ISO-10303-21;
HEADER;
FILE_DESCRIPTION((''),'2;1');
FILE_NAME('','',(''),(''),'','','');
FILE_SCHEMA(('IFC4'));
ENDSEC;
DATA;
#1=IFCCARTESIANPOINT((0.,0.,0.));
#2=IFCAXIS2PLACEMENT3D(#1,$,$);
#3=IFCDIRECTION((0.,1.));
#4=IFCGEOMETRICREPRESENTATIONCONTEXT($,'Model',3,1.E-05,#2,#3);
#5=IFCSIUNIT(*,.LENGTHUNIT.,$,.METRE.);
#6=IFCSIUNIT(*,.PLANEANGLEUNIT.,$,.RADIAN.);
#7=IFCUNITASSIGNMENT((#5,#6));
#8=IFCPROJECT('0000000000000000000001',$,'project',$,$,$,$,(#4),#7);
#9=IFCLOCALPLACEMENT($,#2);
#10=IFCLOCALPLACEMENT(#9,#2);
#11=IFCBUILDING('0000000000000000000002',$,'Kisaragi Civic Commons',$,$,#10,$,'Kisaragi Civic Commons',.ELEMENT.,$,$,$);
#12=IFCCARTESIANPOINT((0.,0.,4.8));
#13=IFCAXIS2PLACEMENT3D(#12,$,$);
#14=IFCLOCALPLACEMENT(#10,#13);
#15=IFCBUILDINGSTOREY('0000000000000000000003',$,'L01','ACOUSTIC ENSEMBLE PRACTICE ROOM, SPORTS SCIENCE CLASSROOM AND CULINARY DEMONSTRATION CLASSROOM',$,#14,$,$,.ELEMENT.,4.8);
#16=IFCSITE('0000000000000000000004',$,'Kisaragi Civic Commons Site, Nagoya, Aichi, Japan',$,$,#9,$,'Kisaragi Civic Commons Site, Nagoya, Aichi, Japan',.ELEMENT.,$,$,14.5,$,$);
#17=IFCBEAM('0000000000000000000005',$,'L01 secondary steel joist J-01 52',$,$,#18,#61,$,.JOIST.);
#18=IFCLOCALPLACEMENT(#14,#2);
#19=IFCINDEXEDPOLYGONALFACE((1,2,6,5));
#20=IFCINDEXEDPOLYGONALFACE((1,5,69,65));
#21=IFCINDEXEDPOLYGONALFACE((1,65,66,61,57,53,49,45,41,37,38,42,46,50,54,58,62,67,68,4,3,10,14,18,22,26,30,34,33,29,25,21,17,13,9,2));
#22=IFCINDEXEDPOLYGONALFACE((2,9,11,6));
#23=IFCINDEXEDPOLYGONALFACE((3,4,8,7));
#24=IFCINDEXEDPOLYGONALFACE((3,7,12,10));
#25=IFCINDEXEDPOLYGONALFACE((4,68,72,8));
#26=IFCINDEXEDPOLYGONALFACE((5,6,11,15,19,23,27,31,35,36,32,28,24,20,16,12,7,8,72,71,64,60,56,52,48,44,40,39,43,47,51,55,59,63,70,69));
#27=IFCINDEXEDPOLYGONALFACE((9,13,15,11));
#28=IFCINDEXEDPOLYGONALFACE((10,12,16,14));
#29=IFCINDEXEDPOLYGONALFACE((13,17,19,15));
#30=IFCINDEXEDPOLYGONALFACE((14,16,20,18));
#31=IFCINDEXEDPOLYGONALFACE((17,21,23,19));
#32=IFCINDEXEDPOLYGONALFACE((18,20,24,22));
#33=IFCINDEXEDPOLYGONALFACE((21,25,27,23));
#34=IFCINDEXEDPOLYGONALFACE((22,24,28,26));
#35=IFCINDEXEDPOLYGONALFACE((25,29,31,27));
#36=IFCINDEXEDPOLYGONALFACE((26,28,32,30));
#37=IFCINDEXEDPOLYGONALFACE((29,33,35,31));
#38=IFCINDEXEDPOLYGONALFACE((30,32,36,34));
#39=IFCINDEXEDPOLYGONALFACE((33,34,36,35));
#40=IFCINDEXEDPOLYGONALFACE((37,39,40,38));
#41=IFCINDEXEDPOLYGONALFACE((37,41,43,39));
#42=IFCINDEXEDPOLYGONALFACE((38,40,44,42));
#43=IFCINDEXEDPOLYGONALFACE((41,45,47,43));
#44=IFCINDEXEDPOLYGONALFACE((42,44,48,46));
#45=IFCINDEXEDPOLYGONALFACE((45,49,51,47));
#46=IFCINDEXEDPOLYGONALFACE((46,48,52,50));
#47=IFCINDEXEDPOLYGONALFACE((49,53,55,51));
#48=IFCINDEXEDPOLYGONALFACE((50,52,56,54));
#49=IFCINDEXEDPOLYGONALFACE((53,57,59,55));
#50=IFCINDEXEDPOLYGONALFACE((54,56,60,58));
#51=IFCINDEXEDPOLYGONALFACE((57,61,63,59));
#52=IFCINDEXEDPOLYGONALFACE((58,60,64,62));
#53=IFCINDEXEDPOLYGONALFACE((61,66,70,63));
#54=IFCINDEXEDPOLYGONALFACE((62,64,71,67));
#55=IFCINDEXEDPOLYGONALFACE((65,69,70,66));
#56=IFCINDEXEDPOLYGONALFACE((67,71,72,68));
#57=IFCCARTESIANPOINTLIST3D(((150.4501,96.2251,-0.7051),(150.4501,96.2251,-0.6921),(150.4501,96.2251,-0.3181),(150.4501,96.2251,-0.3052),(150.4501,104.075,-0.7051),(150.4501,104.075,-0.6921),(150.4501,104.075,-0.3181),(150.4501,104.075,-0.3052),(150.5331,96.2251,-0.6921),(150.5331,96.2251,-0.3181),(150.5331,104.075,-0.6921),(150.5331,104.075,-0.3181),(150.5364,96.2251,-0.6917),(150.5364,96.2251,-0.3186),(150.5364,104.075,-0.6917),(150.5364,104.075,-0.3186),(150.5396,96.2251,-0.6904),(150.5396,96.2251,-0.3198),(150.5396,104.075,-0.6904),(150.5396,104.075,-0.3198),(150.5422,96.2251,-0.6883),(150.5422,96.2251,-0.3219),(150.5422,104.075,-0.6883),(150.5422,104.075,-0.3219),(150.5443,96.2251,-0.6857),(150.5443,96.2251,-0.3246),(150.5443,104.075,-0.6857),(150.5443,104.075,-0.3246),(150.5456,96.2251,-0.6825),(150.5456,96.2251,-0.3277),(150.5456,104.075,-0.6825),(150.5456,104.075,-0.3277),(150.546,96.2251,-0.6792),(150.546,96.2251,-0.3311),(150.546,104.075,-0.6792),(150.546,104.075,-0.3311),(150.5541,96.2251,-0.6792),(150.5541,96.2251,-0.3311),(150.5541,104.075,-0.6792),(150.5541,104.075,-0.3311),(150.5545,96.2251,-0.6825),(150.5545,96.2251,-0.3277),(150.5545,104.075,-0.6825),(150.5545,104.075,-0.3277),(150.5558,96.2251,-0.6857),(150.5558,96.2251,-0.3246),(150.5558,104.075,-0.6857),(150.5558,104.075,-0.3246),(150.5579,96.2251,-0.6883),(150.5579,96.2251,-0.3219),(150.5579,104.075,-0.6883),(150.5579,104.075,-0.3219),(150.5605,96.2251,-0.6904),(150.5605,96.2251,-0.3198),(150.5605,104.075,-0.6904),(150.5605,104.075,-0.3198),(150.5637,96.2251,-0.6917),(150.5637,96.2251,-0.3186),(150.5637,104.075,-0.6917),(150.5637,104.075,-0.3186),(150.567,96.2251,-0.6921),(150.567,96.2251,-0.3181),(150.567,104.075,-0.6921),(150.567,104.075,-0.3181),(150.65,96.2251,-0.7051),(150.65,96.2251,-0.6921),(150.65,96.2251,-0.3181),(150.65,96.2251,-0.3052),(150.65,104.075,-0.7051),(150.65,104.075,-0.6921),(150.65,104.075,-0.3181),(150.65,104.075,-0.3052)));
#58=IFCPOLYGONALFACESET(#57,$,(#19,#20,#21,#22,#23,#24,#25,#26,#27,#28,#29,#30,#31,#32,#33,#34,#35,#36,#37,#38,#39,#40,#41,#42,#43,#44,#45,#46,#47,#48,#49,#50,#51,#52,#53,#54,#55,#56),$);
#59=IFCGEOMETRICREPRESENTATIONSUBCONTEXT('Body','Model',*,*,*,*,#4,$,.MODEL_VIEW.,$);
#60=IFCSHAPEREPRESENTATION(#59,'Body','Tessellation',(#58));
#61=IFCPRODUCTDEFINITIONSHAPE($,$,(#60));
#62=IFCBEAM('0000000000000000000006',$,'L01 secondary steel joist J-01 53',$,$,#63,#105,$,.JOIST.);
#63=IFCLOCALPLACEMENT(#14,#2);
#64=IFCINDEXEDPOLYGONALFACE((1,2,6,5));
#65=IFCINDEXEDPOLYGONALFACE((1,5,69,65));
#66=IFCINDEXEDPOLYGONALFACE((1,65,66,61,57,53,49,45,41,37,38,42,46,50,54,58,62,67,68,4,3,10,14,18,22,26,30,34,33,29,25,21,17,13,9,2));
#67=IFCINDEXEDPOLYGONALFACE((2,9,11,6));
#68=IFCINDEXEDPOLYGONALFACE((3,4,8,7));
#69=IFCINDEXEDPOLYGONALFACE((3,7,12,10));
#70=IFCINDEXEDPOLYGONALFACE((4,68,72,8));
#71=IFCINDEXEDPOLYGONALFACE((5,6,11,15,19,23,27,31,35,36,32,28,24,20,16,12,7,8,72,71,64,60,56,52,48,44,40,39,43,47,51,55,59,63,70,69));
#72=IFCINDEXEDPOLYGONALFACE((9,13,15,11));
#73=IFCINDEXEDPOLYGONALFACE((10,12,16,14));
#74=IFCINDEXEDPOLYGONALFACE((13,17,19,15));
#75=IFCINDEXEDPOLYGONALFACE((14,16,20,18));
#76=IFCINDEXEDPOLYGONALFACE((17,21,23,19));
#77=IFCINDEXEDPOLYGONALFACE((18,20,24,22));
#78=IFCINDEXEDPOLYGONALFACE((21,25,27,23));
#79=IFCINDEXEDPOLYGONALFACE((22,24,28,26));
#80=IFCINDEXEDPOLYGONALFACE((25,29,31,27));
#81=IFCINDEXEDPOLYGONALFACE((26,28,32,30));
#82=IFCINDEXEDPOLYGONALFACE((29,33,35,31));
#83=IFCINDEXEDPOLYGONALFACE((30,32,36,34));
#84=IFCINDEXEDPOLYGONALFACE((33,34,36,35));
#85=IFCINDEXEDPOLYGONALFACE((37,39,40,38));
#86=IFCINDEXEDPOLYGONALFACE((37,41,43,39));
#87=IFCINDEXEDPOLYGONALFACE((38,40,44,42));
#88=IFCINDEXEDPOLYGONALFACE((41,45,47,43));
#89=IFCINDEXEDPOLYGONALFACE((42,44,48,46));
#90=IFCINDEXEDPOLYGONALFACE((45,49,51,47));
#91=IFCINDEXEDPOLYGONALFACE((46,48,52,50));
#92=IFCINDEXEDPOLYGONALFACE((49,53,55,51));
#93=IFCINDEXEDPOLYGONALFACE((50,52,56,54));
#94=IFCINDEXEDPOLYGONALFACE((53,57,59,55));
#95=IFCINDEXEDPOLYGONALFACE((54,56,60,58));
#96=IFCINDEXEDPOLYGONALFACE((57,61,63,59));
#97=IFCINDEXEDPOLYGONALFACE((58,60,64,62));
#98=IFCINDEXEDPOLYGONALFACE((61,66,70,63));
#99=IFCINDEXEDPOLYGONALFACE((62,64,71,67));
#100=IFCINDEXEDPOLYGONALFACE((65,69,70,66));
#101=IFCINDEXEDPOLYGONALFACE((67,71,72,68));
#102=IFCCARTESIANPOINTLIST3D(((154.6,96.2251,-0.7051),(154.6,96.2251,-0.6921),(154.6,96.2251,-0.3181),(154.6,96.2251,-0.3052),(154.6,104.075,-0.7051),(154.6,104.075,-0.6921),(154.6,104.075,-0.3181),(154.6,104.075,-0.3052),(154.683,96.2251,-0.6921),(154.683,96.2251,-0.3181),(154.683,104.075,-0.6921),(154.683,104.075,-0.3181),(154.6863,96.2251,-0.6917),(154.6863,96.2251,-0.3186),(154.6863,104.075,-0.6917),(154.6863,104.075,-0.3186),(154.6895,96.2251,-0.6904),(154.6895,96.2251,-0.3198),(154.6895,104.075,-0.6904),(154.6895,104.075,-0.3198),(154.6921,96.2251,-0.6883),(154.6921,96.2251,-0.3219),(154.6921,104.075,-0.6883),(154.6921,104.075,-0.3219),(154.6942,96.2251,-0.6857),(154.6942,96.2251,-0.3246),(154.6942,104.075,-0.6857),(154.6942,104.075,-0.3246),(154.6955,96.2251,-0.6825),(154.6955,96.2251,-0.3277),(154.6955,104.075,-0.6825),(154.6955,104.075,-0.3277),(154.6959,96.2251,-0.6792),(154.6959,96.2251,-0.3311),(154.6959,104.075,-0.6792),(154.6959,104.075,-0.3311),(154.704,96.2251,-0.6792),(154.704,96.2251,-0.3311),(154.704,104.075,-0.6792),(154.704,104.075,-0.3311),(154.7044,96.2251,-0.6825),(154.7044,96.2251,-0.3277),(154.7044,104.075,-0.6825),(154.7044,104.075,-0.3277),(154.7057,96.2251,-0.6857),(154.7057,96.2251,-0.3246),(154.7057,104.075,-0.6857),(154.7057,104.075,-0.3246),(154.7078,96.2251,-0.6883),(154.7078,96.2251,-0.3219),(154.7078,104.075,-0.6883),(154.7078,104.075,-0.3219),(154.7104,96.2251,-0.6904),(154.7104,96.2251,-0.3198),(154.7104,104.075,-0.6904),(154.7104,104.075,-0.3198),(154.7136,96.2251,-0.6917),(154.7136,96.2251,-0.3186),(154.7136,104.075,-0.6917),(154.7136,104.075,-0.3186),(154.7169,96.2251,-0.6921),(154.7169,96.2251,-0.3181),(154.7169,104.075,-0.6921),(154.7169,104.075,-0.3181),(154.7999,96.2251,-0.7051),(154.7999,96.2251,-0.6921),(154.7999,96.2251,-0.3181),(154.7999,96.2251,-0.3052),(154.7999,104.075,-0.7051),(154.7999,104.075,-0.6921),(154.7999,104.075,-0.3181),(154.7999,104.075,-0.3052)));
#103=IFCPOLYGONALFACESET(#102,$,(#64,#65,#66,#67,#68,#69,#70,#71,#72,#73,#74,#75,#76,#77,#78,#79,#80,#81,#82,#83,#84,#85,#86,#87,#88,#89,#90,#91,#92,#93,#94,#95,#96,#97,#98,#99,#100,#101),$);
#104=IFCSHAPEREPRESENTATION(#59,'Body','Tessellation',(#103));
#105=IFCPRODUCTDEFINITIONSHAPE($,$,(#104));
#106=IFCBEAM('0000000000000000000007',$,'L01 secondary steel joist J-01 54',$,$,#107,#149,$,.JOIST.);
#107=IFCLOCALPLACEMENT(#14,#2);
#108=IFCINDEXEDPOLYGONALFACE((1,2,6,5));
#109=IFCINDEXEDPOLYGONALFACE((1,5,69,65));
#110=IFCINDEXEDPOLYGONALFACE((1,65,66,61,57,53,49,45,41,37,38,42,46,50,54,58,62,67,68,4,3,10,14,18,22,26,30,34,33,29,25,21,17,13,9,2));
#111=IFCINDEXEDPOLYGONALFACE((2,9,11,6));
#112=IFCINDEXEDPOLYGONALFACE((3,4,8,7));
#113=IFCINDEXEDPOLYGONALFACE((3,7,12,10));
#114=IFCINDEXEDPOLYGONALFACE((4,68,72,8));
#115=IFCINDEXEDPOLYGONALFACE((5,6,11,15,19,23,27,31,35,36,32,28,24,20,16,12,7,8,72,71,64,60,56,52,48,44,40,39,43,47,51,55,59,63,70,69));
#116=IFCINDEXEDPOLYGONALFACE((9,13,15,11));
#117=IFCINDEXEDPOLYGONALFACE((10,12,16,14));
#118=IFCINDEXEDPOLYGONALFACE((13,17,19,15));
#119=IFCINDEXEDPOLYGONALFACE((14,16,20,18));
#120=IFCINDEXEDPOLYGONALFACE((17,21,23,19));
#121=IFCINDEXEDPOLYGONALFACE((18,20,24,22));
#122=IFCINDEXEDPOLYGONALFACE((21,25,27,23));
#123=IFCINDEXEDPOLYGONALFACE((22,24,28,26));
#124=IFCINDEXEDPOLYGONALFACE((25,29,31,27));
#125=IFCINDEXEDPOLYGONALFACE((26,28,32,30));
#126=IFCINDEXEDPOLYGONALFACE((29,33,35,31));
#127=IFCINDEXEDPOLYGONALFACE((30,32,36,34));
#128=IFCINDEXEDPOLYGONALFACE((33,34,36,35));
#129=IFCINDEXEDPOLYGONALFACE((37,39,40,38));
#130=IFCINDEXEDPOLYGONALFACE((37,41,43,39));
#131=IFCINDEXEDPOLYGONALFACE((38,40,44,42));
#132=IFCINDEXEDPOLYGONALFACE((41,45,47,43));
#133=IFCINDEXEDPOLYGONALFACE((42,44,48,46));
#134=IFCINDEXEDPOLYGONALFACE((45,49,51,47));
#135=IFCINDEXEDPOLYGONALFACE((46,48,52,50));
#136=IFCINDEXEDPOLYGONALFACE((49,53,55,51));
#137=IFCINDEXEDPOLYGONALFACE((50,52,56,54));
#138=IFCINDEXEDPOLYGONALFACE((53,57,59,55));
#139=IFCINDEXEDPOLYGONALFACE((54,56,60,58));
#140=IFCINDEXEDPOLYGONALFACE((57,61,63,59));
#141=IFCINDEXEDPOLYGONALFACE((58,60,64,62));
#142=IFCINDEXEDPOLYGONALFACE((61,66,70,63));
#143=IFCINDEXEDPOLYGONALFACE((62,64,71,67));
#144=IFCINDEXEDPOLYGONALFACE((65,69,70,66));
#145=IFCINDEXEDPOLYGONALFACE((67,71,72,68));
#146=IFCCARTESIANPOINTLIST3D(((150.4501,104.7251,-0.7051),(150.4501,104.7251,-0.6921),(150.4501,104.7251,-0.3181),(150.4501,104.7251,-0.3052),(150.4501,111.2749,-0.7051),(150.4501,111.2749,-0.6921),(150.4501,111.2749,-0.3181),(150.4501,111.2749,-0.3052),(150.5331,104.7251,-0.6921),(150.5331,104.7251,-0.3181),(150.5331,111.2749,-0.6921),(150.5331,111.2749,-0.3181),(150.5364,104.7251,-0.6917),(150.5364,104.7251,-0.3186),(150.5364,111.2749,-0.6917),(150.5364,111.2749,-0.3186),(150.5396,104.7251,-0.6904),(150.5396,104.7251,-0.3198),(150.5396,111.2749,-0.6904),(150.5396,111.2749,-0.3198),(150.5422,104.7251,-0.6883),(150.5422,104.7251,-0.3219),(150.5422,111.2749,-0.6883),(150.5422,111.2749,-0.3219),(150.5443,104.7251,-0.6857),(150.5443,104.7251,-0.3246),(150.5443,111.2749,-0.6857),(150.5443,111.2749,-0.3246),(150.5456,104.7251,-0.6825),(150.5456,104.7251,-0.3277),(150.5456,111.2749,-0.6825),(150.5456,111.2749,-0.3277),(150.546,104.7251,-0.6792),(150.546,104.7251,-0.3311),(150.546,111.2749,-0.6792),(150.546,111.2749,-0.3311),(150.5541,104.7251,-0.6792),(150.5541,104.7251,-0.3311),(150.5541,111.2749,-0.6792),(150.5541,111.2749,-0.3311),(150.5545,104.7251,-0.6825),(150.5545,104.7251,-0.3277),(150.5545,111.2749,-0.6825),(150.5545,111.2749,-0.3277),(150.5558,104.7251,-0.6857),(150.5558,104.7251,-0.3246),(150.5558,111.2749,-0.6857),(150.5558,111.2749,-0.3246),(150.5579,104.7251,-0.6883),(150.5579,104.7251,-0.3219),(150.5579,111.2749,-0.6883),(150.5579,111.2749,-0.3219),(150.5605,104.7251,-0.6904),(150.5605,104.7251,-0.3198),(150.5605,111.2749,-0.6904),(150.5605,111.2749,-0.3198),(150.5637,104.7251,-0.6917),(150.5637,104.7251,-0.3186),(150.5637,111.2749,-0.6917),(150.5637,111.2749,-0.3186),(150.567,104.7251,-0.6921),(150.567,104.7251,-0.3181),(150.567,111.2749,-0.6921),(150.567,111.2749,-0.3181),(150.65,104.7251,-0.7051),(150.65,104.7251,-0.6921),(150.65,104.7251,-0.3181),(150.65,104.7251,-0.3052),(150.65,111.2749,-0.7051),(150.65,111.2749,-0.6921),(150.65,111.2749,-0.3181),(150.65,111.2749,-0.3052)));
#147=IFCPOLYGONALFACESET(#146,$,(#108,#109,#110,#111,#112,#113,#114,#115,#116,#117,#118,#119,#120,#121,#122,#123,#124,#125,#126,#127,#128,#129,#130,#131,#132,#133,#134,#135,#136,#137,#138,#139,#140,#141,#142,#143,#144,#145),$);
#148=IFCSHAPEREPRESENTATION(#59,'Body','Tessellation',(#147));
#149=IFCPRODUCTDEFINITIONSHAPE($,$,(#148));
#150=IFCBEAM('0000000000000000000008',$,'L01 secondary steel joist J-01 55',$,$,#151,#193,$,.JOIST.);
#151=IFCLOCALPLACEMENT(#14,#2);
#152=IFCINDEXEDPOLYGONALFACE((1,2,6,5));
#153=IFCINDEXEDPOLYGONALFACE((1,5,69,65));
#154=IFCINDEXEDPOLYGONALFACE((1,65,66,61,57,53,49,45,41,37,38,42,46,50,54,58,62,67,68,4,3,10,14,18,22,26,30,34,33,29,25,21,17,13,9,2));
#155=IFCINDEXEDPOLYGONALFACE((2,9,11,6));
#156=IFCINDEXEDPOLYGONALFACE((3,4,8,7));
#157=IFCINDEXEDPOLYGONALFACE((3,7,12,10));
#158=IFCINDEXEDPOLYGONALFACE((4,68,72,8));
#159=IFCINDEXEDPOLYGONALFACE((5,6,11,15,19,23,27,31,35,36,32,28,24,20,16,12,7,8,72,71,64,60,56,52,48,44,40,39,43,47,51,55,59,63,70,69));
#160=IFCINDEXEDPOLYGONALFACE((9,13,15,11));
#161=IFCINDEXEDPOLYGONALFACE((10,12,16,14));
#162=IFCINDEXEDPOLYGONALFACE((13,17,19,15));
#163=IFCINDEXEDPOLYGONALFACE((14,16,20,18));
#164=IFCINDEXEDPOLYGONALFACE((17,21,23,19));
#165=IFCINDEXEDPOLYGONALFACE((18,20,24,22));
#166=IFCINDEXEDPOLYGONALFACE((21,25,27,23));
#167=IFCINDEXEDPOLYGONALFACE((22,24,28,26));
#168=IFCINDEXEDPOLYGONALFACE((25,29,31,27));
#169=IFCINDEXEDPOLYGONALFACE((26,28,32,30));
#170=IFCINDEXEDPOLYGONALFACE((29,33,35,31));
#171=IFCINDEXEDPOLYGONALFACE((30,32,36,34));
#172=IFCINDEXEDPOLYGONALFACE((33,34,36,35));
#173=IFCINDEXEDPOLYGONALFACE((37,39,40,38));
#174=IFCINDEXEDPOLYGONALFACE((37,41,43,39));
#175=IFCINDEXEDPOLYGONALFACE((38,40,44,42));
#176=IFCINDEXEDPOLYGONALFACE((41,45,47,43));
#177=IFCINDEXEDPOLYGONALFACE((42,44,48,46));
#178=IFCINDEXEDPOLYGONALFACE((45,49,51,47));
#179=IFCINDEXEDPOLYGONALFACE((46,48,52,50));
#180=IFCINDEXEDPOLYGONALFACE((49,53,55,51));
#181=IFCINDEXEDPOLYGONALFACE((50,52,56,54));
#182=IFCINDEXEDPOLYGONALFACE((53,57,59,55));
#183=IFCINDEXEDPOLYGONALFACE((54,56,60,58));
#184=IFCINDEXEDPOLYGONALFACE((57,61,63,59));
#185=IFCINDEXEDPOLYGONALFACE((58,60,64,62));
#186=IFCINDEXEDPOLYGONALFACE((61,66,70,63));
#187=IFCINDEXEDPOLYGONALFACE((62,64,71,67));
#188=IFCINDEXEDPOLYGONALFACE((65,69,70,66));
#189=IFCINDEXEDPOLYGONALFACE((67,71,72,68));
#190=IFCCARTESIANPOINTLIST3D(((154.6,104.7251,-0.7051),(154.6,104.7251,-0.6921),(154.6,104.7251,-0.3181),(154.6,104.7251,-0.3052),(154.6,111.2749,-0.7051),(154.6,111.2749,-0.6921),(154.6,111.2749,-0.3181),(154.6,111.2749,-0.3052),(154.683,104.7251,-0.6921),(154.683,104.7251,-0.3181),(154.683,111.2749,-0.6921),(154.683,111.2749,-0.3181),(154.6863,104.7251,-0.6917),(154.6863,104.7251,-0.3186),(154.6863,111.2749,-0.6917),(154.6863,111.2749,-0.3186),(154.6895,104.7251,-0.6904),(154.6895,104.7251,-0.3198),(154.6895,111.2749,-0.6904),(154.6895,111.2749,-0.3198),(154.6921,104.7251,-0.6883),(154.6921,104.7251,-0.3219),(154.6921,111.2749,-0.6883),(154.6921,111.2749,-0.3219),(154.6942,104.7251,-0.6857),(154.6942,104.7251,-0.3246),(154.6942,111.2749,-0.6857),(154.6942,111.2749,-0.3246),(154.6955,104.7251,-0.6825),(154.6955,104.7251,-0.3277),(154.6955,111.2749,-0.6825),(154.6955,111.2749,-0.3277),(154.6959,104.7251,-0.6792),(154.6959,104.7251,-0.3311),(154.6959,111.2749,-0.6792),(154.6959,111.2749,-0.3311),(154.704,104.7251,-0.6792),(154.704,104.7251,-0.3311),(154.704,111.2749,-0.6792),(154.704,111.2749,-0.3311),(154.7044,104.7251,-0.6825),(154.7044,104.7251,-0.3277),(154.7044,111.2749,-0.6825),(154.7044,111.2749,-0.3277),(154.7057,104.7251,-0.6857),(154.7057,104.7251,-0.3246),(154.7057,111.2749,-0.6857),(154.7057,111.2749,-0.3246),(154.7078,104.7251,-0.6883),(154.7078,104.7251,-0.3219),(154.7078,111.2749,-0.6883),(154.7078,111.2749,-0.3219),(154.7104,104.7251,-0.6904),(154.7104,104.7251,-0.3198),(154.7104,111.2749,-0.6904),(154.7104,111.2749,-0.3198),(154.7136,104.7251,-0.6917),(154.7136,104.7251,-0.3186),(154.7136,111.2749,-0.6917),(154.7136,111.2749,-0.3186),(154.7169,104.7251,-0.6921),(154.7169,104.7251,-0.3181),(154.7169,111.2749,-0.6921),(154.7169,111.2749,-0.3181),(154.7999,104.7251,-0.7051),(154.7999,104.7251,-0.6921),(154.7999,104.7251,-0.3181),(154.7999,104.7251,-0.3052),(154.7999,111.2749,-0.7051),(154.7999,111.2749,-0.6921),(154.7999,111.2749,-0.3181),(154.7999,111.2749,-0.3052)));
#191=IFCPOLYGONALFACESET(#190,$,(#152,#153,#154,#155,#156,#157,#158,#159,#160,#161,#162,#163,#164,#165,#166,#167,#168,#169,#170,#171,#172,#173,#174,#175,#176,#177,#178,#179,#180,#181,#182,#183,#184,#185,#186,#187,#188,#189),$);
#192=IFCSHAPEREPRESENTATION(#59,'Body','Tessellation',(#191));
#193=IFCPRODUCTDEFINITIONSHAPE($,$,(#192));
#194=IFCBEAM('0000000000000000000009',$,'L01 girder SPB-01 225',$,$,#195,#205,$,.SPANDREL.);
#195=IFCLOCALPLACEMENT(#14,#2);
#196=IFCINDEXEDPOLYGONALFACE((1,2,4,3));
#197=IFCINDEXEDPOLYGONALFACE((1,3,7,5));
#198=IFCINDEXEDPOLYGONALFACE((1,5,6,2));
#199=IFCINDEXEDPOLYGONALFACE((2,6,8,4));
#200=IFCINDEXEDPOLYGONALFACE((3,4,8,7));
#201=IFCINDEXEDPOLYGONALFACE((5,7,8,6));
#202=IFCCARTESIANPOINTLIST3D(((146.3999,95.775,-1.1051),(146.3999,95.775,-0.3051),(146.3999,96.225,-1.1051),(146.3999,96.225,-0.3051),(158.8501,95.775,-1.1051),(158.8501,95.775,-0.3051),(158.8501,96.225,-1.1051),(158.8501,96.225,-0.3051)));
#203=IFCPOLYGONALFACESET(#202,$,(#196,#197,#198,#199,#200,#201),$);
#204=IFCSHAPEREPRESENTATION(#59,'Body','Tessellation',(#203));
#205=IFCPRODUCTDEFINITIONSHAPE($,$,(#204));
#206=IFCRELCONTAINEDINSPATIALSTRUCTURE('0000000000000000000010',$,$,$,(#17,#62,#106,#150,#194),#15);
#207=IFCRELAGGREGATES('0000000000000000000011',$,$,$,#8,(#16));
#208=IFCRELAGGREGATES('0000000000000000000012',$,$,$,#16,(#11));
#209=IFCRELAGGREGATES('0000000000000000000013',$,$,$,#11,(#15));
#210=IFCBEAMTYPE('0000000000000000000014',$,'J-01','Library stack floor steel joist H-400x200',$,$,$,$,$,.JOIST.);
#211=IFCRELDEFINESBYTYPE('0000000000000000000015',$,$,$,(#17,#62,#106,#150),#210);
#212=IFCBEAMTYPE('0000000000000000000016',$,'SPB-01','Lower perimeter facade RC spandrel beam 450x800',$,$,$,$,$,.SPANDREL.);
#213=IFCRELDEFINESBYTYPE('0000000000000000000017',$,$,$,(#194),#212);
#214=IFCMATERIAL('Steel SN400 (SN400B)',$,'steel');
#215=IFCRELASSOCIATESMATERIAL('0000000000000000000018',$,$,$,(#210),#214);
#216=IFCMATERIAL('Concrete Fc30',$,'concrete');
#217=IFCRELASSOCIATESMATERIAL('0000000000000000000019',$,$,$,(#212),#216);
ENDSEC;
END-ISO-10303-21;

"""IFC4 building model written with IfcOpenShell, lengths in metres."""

from ifc_helpers import new_model, si_unit, direction, frame, origin, origin_2d, place, context, subcontext, project, spatial, rectangle, i_section, extrude, material, material_profile, profile_set, type_object, element, save


model = new_model("IFC4")

# Units and contexts
model_context = context("Model", 3, precision=1e-05, world=origin(), true_north=direction((0.0, 1.0)))
body_context = subcontext(model_context, "Body", "Model", "MODEL_VIEW")
ifc_project = project(units=[si_unit("LENGTHUNIT", "METRE"), si_unit("PLANEANGLEUNIT", "RADIAN")], contexts=[model_context])

# Site, building, storey
site_placement = place(None, origin())
site = spatial("IfcSite", under=ifc_project, at=site_placement, Name="Kisaragi Civic Commons Site, Nagoya, Aichi, Japan", LongName="Kisaragi Civic Commons Site, Nagoya, Aichi, Japan", CompositionType="ELEMENT", RefElevation=14.5)
building_placement = place(site_placement, origin())
building = spatial("IfcBuilding", under=site, at=building_placement, Name="Kisaragi Civic Commons", LongName="Kisaragi Civic Commons", CompositionType="ELEMENT")
storey_placement = place(building_placement, frame((0.0, 0.0, 4.8)))
storey = spatial("IfcBuildingStorey", under=building, at=storey_placement, Name="L01", Description="ACOUSTIC ENSEMBLE PRACTICE ROOM, SPORTS SCIENCE CLASSROOM AND CULINARY DEMONSTRATION CLASSROOM", CompositionType="ELEMENT", Elevation=4.8)

# Beams
ifc_material_1 = material(Name="Steel SN400 (SN400B)", Category="steel")
ifc_material_profile_1 = material_profile(ifc_material_1, i_section(OverallWidth=0.2, OverallDepth=0.3999, WebThickness=0.0081, FlangeThickness=0.0129, FilletRadius=0.0129, at=origin_2d()), Name="H-400x200x8x13", Category="steel")
ifc_profile_set_1 = profile_set([ifc_material_profile_1], Name="Steel SN400 (SN400B)")
beam_type_1 = type_object("IfcBeamType", Name="J-01", Description="Library stack floor steel joist H-400x200", PredefinedType="JOIST", material=ifc_profile_set_1)
for number, where, z_axis, x_axis, name in (
    (1, (150.55, 96.2251, -0.5051), (0.0, 1.0, 0.0), (-1.0, 0.0, 0.0), "L01 secondary steel joist J-01 52"),
    (2, (154.7, 96.2251, -0.5051), (0.0, 1.0, 0.0), (-1.0, 0.0, 0.0), "L01 secondary steel joist J-01 53"),
):
    element("IfcBeam", number, at=place(storey_placement, frame(where, z_axis=z_axis, x_axis=x_axis)), inside=storey, type_object=beam_type_1, Name=name, PredefinedType="JOIST", context=body_context, shape_type="SweptSolid", body=[
        extrude(i_section(OverallWidth=0.2, OverallDepth=0.3999, WebThickness=0.0081, FlangeThickness=0.0129, FilletRadius=0.0129, at=origin_2d()), origin(), (0.0, 0.0, 1.0), 7.8499),
    ])
for number, where, z_axis, x_axis, name in (
    (3, (150.55, 104.7251, -0.5051), (0.0, 1.0, 0.0), (-1.0, 0.0, 0.0), "L01 secondary steel joist J-01 54"),
    (4, (154.7, 104.7251, -0.5051), (0.0, 1.0, 0.0), (-1.0, 0.0, 0.0), "L01 secondary steel joist J-01 55"),
):
    element("IfcBeam", number, at=place(storey_placement, frame(where, z_axis=z_axis, x_axis=x_axis)), inside=storey, type_object=beam_type_1, Name=name, PredefinedType="JOIST", context=body_context, shape_type="SweptSolid", body=[
        extrude(i_section(OverallWidth=0.2, OverallDepth=0.3999, WebThickness=0.0081, FlangeThickness=0.0129, FilletRadius=0.0129, at=origin_2d()), origin(), (0.0, 0.0, 1.0), 6.5498),
    ])
ifc_material_2 = material(Name="Concrete Fc30", Category="concrete")
ifc_material_profile_2 = material_profile(ifc_material_2, rectangle(XDim=0.45, YDim=0.8, at=origin_2d()), Name="RC-450x800", Category="concrete")
ifc_profile_set_2 = profile_set([ifc_material_profile_2], Name="Concrete Fc30")
beam_type_2 = type_object("IfcBeamType", Name="SPB-01", Description="Lower perimeter facade RC spandrel beam 450x800", PredefinedType="SPANDREL", material=ifc_profile_set_2)
beam_1_placement = place(storey_placement, frame((146.3999, 96.0, -0.7051), z_axis=(1.0, 0.0, 0.0), x_axis=(0.0, 1.0, 0.0)))
element("IfcBeam", 5, at=beam_1_placement, inside=storey, type_object=beam_type_2, Name="L01 girder SPB-01 225", PredefinedType="SPANDREL", context=body_context, shape_type="SweptSolid", body=[
    extrude(rectangle(XDim=0.45, YDim=0.8, at=origin_2d()), origin(), (0.0, 0.0, 1.0), 12.4502),
])

save(model, "model.ifc")
